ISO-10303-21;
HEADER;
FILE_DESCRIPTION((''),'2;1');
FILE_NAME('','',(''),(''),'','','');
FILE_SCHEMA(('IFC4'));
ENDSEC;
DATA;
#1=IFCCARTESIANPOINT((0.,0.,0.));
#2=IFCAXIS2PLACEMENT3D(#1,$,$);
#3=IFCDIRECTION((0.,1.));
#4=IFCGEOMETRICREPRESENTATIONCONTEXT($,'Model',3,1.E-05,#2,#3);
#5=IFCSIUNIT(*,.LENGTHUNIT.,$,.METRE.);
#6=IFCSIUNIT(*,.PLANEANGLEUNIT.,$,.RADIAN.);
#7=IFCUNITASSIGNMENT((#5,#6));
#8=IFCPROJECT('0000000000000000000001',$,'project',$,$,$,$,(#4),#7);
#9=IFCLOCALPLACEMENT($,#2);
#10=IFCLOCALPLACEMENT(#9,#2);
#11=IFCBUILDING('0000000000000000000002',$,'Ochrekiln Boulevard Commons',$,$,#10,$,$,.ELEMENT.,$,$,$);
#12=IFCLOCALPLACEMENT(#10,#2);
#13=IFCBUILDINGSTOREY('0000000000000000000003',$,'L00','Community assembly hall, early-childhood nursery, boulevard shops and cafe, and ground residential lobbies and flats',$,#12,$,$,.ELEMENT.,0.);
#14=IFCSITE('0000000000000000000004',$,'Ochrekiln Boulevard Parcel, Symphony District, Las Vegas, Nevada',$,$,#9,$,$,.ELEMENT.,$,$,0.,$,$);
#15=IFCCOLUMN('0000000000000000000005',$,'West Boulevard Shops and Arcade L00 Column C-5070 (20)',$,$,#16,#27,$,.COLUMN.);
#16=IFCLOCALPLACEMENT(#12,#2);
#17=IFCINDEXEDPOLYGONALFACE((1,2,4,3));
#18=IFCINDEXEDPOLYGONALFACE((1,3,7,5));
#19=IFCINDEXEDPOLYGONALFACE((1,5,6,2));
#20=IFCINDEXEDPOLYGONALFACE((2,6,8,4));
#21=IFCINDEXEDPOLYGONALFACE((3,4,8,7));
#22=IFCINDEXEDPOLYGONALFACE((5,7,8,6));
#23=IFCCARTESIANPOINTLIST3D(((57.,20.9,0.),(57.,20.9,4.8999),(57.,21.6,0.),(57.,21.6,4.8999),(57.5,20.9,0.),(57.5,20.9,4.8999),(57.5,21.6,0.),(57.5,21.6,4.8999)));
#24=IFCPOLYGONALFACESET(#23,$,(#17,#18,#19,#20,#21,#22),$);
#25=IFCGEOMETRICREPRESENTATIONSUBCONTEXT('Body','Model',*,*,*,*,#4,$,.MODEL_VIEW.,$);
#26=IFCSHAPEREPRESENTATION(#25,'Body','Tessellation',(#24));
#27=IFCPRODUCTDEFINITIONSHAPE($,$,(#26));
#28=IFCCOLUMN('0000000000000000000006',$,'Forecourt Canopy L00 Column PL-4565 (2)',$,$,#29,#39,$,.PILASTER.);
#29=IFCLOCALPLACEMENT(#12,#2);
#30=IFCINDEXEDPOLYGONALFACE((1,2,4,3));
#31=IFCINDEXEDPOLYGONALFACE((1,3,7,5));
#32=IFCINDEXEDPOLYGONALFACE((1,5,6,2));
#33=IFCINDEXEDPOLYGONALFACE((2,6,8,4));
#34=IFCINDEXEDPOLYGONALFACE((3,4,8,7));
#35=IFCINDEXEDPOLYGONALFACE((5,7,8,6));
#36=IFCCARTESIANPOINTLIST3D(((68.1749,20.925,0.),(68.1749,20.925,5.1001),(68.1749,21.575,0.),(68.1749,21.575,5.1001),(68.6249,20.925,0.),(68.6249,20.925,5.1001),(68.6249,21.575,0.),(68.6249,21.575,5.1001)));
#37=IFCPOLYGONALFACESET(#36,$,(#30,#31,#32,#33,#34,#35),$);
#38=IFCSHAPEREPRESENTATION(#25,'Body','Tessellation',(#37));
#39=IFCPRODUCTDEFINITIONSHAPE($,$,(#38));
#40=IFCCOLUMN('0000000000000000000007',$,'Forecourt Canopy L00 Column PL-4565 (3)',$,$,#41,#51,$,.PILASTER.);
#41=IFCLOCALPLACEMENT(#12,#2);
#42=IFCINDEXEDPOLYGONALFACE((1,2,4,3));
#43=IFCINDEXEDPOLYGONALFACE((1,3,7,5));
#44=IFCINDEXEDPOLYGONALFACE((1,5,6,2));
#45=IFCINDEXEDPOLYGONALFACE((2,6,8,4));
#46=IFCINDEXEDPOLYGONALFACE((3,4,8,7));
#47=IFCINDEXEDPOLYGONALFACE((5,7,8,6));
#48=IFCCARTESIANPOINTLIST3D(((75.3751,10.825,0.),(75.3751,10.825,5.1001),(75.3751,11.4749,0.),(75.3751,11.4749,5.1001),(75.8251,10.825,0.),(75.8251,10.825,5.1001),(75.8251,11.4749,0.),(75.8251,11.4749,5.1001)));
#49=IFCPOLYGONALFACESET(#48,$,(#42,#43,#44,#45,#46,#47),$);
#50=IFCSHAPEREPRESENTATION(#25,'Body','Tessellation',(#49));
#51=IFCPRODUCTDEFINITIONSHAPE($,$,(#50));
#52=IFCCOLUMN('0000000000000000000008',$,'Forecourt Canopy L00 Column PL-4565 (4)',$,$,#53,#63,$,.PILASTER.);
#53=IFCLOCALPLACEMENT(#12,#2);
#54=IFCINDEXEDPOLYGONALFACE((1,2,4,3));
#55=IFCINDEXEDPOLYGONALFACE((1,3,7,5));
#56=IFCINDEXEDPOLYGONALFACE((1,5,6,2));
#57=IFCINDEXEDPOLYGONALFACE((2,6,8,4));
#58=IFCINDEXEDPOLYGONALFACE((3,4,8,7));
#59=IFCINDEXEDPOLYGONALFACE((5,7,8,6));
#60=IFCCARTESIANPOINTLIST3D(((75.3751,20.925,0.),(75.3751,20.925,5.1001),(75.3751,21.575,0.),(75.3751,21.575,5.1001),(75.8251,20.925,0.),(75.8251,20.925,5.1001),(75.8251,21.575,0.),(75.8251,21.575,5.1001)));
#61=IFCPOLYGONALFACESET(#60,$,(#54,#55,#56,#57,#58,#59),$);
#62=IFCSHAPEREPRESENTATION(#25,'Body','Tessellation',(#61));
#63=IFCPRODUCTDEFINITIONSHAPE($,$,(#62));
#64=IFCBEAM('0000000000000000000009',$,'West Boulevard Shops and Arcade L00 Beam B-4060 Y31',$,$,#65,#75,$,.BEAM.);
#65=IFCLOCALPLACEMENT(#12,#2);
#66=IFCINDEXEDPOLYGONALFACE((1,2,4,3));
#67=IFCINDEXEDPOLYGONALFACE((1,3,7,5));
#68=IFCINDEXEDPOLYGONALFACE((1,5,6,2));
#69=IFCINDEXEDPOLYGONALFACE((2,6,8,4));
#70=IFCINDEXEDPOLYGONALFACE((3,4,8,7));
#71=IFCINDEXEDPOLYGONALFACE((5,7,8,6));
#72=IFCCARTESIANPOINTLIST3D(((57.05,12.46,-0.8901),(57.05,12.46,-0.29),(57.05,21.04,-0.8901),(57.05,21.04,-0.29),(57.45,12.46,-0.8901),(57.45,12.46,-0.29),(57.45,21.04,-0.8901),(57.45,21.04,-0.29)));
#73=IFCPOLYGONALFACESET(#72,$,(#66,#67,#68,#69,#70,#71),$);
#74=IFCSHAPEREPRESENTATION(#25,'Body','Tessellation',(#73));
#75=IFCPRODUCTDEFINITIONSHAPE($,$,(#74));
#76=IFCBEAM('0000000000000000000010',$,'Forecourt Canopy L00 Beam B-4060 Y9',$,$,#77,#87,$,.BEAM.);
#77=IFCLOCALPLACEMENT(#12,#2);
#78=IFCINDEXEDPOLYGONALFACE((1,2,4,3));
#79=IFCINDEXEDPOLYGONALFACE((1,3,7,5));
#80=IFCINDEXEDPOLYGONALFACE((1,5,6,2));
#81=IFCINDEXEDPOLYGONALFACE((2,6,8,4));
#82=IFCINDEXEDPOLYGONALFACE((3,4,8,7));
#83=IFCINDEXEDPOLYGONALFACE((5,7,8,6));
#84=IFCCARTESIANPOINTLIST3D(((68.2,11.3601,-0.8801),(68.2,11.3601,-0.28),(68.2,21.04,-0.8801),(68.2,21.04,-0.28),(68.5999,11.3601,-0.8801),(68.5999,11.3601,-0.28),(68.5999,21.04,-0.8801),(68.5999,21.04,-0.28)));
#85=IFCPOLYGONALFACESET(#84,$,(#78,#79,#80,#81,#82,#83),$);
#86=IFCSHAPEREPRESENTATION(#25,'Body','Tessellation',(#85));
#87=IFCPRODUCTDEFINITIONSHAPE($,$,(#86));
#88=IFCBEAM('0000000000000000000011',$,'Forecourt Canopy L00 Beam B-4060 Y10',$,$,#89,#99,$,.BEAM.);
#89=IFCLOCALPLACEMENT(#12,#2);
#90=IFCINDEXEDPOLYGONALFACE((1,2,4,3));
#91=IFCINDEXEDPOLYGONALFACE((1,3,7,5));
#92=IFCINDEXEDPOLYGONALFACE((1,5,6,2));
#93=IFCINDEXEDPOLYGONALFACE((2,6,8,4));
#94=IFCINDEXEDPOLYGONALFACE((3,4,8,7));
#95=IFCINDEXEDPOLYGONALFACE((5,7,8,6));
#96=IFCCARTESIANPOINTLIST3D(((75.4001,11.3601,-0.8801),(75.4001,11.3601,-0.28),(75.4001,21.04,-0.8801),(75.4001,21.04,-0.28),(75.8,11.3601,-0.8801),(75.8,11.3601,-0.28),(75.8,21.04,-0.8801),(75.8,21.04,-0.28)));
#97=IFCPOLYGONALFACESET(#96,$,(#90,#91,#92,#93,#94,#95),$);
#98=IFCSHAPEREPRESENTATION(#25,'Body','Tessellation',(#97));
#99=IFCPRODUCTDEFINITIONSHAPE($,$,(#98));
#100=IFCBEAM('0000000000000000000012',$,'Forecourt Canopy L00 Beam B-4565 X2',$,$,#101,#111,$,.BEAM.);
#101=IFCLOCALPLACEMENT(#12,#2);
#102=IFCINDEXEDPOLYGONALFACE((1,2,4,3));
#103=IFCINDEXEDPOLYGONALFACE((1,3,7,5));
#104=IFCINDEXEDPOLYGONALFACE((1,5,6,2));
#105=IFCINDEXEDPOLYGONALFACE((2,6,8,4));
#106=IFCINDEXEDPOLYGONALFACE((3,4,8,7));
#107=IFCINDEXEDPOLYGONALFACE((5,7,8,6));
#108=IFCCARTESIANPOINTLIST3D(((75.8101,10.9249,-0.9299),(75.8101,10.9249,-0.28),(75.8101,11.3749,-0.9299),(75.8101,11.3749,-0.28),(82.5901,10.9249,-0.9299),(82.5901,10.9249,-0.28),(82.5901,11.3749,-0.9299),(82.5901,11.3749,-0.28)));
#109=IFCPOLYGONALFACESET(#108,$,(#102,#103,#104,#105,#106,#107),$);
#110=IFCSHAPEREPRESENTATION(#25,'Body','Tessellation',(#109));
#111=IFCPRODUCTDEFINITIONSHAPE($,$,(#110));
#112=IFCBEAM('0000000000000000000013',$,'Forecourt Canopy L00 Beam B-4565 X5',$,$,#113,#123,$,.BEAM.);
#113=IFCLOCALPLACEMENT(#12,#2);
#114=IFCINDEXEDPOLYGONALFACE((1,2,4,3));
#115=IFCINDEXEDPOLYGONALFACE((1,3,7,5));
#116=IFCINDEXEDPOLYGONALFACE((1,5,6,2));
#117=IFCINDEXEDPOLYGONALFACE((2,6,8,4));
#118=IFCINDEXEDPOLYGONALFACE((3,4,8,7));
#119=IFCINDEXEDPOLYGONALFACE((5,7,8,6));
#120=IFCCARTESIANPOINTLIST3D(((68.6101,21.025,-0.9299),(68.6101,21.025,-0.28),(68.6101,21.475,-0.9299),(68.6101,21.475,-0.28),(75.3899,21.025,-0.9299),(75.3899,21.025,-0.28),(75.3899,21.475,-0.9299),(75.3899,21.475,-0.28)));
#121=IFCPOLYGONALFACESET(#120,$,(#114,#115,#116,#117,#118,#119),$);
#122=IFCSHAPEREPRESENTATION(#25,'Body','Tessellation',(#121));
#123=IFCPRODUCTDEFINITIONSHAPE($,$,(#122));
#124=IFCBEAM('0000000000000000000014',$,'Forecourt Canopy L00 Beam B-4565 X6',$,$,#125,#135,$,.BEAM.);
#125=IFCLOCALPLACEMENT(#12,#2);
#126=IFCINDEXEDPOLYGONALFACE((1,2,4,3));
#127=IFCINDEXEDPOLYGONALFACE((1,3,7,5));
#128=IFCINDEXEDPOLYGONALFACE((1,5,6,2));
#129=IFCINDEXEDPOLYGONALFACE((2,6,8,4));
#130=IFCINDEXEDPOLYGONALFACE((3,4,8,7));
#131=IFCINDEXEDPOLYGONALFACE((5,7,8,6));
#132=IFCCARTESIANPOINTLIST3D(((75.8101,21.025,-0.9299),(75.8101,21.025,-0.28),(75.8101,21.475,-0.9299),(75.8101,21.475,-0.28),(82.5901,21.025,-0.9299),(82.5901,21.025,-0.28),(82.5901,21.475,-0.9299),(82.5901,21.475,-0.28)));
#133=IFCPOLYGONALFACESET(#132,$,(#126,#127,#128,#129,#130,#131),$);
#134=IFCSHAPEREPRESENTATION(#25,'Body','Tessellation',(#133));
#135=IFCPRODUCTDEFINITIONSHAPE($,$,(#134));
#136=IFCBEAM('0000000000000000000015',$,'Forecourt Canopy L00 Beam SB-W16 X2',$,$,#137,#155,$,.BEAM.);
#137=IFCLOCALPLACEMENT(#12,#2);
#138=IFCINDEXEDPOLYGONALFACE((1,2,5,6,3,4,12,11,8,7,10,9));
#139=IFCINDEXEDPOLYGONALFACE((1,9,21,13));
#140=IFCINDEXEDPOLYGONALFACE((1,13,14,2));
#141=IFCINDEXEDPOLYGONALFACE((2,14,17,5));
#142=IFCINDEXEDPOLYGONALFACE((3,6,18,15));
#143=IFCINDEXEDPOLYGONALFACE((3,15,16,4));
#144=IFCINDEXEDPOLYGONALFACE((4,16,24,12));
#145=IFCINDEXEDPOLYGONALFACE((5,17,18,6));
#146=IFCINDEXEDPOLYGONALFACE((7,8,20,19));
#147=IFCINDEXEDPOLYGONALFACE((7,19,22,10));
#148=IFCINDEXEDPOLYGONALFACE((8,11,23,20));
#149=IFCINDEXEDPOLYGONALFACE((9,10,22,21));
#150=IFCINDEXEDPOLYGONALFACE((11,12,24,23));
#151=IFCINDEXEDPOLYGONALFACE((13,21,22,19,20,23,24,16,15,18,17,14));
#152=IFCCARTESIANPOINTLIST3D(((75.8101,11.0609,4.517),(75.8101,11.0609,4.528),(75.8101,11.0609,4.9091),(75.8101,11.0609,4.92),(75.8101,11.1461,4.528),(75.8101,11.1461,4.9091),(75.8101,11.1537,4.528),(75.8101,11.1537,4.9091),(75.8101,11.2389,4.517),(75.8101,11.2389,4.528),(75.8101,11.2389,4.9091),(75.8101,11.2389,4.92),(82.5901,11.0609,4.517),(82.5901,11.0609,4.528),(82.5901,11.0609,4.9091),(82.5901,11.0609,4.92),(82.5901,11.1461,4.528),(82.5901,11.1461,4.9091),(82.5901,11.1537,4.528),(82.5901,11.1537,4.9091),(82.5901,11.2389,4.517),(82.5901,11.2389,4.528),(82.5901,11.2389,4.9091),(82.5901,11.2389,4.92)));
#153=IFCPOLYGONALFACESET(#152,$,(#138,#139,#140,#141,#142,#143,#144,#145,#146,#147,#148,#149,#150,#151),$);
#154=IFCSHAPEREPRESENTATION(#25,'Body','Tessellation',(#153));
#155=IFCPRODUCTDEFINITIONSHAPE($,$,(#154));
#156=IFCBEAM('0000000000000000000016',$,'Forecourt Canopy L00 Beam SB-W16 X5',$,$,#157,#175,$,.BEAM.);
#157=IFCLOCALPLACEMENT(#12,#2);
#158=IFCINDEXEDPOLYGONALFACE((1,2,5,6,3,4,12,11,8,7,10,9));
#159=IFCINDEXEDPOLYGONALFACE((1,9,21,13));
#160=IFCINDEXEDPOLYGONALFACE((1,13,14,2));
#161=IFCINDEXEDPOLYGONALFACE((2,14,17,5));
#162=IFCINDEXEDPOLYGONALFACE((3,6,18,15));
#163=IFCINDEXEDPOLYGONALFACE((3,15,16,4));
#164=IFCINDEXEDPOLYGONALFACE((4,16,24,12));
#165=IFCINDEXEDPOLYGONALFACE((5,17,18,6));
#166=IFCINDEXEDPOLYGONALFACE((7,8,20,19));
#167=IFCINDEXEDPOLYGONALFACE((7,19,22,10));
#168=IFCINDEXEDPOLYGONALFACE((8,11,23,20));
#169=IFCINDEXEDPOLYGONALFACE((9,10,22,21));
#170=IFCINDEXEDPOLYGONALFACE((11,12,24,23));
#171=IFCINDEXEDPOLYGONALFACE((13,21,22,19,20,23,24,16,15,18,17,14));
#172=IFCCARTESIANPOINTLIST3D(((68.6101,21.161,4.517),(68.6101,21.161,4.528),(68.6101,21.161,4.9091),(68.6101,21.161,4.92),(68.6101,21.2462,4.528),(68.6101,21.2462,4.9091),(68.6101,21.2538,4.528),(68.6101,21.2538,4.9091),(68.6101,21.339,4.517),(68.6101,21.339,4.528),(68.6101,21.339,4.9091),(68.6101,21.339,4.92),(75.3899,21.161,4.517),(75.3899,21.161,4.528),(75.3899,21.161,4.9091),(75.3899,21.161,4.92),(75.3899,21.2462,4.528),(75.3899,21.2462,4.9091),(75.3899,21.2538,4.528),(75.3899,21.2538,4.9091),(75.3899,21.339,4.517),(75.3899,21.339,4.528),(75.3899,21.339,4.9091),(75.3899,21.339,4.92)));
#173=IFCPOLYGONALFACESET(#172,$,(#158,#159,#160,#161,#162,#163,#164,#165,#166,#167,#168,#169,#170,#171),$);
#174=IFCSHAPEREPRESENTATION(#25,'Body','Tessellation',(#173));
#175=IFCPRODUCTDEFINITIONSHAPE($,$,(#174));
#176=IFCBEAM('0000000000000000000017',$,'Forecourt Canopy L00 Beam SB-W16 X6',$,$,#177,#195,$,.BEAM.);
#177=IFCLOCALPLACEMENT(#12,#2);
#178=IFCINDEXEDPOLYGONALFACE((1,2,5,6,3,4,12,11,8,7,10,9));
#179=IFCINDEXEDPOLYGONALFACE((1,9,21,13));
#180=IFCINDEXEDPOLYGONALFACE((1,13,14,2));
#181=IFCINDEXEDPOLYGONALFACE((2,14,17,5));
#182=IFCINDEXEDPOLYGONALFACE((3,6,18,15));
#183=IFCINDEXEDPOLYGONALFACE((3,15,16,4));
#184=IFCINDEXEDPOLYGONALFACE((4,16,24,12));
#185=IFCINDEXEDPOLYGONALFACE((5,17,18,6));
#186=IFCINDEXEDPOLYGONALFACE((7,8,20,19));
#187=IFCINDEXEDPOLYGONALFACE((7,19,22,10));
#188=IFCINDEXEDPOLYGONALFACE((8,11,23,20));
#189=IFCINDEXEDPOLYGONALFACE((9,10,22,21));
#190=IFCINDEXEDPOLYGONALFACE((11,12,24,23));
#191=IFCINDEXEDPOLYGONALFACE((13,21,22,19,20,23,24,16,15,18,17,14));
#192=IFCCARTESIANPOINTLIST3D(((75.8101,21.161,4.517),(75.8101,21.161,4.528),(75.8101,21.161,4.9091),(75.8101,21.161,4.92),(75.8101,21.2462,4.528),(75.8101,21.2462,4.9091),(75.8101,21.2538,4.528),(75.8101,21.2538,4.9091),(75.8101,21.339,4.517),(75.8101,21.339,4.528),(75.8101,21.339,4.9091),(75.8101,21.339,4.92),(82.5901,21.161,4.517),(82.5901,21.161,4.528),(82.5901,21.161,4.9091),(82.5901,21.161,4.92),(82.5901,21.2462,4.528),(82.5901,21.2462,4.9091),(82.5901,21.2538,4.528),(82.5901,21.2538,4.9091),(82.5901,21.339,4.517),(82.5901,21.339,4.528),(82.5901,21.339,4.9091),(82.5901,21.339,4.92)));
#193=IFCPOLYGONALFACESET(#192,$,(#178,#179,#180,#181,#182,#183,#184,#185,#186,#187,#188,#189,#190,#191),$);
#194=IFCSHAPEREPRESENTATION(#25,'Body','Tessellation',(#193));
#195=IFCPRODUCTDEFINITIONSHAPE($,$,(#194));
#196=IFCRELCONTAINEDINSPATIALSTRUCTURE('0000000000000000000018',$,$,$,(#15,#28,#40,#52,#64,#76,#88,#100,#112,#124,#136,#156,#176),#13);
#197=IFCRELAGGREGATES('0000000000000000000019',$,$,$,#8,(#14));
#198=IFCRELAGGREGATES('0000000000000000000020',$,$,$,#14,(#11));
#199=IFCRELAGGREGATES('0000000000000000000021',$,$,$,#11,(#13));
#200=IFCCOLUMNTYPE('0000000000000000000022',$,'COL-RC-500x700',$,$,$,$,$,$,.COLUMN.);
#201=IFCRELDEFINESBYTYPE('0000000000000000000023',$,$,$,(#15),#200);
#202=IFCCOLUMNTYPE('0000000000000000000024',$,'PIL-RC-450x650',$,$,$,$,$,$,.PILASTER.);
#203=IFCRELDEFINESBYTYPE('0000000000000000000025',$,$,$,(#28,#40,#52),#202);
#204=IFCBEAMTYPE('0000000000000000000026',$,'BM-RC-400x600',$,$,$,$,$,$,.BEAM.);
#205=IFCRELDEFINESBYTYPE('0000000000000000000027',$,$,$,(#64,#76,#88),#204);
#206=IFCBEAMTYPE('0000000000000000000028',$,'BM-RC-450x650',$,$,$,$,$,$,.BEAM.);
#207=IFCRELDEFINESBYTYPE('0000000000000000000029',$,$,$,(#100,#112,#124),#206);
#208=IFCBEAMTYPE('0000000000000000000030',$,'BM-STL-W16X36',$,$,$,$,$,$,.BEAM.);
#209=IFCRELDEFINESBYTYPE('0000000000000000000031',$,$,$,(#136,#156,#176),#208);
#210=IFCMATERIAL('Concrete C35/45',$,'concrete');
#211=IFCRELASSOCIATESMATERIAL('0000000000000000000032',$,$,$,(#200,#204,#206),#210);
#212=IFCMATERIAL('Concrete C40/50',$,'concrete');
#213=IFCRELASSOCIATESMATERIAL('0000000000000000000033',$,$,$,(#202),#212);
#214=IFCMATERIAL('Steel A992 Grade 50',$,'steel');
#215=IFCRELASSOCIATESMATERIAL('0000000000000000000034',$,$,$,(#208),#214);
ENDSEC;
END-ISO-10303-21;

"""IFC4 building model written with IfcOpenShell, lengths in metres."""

from ifc_helpers import new_model, si_unit, direction, frame, origin, origin_2d, place, context, subcontext, project, spatial, rectangle, i_section, extrude, material, material_profile, profile_set, type_object, element, save


model = new_model("IFC4")

# Units and contexts
model_context = context("Model", 3, precision=1e-05, world=origin(), true_north=direction((0.0, 1.0)))
body_context = subcontext(model_context, "Body", "Model", "MODEL_VIEW")
ifc_project = project(units=[si_unit("LENGTHUNIT", "METRE"), si_unit("PLANEANGLEUNIT", "RADIAN")], contexts=[model_context])

# Site, building, storey
site_placement = place(None, origin())
site = spatial("IfcSite", under=ifc_project, at=site_placement, Name="Ochrekiln Boulevard Parcel, Symphony District, Las Vegas, Nevada", CompositionType="ELEMENT", RefElevation=0.0)
building_placement = place(site_placement, origin())
building = spatial("IfcBuilding", under=site, at=building_placement, Name="Ochrekiln Boulevard Commons", CompositionType="ELEMENT")
storey_placement = place(building_placement, origin())
storey = spatial("IfcBuildingStorey", under=building, at=storey_placement, Name="L00", Description="Community assembly hall, early-childhood nursery, boulevard shops and cafe, and ground residential lobbies and flats", CompositionType="ELEMENT", Elevation=0.0)

# Columns
ifc_material_1 = material(Name="Concrete C35/45", Category="concrete")
ifc_material_profile_1 = material_profile(ifc_material_1, rectangle(XDim=0.5, YDim=0.7, at=origin_2d()), Name="RC-COL-500x700")
ifc_profile_set_1 = profile_set([ifc_material_profile_1], Name="Concrete C35/45")
column_type_1 = type_object("IfcColumnType", Name="COL-RC-500x700", PredefinedType="COLUMN", material=ifc_profile_set_1)
column_placement = place(storey_placement, frame((57.25, 21.25, 0.0), z_axis=(0.0, 0.0, 1.0), x_axis=(1.0, 0.0, 0.0)))
element("IfcColumn", 1, at=column_placement, inside=storey, type_object=column_type_1, Name="West Boulevard Shops and Arcade L00 Column C-5070 (20)", PredefinedType="COLUMN", context=body_context, shape_type="SweptSolid", body=[
    extrude(rectangle(XDim=0.5, YDim=0.7, at=origin_2d()), origin(), (0.0, 0.0, 1.0), 4.8999),
])
ifc_material_2 = material(Name="Concrete C40/50", Category="concrete")
ifc_material_profile_2 = material_profile(ifc_material_2, rectangle(XDim=0.45, YDim=0.6499, at=origin_2d()), Name="RC-PIL-450x650")
ifc_profile_set_2 = profile_set([ifc_material_profile_2], Name="Concrete C40/50")
column_type_2 = type_object("IfcColumnType", Name="PIL-RC-450x650", PredefinedType="PILASTER", material=ifc_profile_set_2)
for number, where, z_axis, x_axis, name in (
    (2, (68.3999, 21.25, 0.0), (0.0, 0.0, 1.0), (1.0, 0.0, 0.0), "Forecourt Canopy L00 Column PL-4565 (2)"),
    (3, (75.6001, 11.1499, 0.0), (0.0, 0.0, 1.0), (1.0, 0.0, 0.0), "Forecourt Canopy L00 Column PL-4565 (3)"),
    (4, (75.6001, 21.25, 0.0), (0.0, 0.0, 1.0), (1.0, 0.0, 0.0), "Forecourt Canopy L00 Column PL-4565 (4)"),
):
    element("IfcColumn", number, at=place(storey_placement, frame(where, z_axis=z_axis, x_axis=x_axis)), inside=storey, type_object=column_type_2, Name=name, PredefinedType="PILASTER", context=body_context, shape_type="SweptSolid", body=[
        extrude(rectangle(XDim=0.45, YDim=0.6499, at=origin_2d()), origin(), (0.0, 0.0, 1.0), 5.1001),
    ])

# Beams
ifc_material_profile_3 = material_profile(ifc_material_1, rectangle(XDim=0.3999, YDim=0.6001, at=origin_2d()), Name="RC-BM-400x600")
ifc_profile_set_3 = profile_set([ifc_material_profile_3], Name="Concrete C35/45")
beam_type_1 = type_object("IfcBeamType", Name="BM-RC-400x600", PredefinedType="BEAM", material=ifc_profile_set_3)
beam_1_placement = place(storey_placement, frame((57.25, 12.46, -0.5901), z_axis=(0.0, 1.0, 0.0), x_axis=(-1.0, 0.0, 0.0)))
element("IfcBeam", 5, at=beam_1_placement, inside=storey, type_object=beam_type_1, Name="West Boulevard Shops and Arcade L00 Beam B-4060 Y31", PredefinedType="BEAM", context=body_context, shape_type="SweptSolid", body=[
    extrude(rectangle(XDim=0.3999, YDim=0.6001, at=origin_2d()), origin(), (0.0, 0.0, 1.0), 8.5801),
])
for number, where, z_axis, x_axis, name in (
    (6, (68.3999, 11.3601, -0.5801), (0.0, 1.0, 0.0), (-1.0, 0.0, 0.0), "Forecourt Canopy L00 Beam B-4060 Y9"),
    (7, (75.6001, 11.3601, -0.5801), (0.0, 1.0, 0.0), (-1.0, 0.0, 0.0), "Forecourt Canopy L00 Beam B-4060 Y10"),
):
    element("IfcBeam", number, at=place(storey_placement, frame(where, z_axis=z_axis, x_axis=x_axis)), inside=storey, type_object=beam_type_1, Name=name, PredefinedType="BEAM", context=body_context, shape_type="SweptSolid", body=[
        extrude(rectangle(XDim=0.3999, YDim=0.6001, at=origin_2d()), origin(), (0.0, 0.0, 1.0), 9.6799),
    ])
ifc_material_profile_4 = material_profile(ifc_material_1, rectangle(XDim=0.45, YDim=0.6499, at=origin_2d()), Name="RC-BM-450x650")
ifc_profile_set_4 = profile_set([ifc_material_profile_4], Name="Concrete C35/45")
beam_type_2 = type_object("IfcBeamType", Name="BM-RC-450x650", PredefinedType="BEAM", material=ifc_profile_set_4)
beam_2_placement = place(storey_placement, frame((75.8101, 11.1499, -0.605), z_axis=(1.0, 0.0, 0.0), x_axis=(0.0, 1.0, 0.0)))
element("IfcBeam", 8, at=beam_2_placement, inside=storey, type_object=beam_type_2, Name="Forecourt Canopy L00 Beam B-4565 X2", PredefinedType="BEAM", context=body_context, shape_type="SweptSolid", body=[
    extrude(rectangle(XDim=0.45, YDim=0.6499, at=origin_2d()), origin(), (0.0, 0.0, 1.0), 6.78),
])
beam_3_placement = place(storey_placement, frame((68.6101, 21.25, -0.605), z_axis=(1.0, 0.0, 0.0), x_axis=(0.0, 1.0, 0.0)))
element("IfcBeam", 9, at=beam_3_placement, inside=storey, type_object=beam_type_2, Name="Forecourt Canopy L00 Beam B-4565 X5", PredefinedType="BEAM", context=body_context, shape_type="SweptSolid", body=[
    extrude(rectangle(XDim=0.45, YDim=0.6499, at=origin_2d()), origin(), (0.0, 0.0, 1.0), 6.7798),
])
beam_4_placement = place(storey_placement, frame((75.8101, 21.25, -0.605), z_axis=(1.0, 0.0, 0.0), x_axis=(0.0, 1.0, 0.0)))
element("IfcBeam", 10, at=beam_4_placement, inside=storey, type_object=beam_type_2, Name="Forecourt Canopy L00 Beam B-4565 X6", PredefinedType="BEAM", context=body_context, shape_type="SweptSolid", body=[
    extrude(rectangle(XDim=0.45, YDim=0.6499, at=origin_2d()), origin(), (0.0, 0.0, 1.0), 6.78),
])
ifc_material_3 = material(Name="Steel A992 Grade 50", Category="steel")
ifc_material_profile_5 = material_profile(ifc_material_3, i_section(OverallWidth=0.178, OverallDepth=0.4031, WebThickness=0.0076, FlangeThickness=0.011, at=origin_2d()), Name="W16X36")
ifc_profile_set_5 = profile_set([ifc_material_profile_5], Name="Steel A992 Grade 50")
beam_type_3 = type_object("IfcBeamType", Name="BM-STL-W16X36", PredefinedType="BEAM", material=ifc_profile_set_5)
beam_5_placement = place(storey_placement, frame((75.8101, 11.1499, 4.7185), z_axis=(1.0, 0.0, 0.0), x_axis=(0.0, 1.0, 0.0)))
element("IfcBeam", 11, at=beam_5_placement, inside=storey, type_object=beam_type_3, Name="Forecourt Canopy L00 Beam SB-W16 X2", PredefinedType="BEAM", context=body_context, shape_type="SweptSolid", body=[
    extrude(i_section(OverallWidth=0.178, OverallDepth=0.4031, WebThickness=0.0076, FlangeThickness=0.011, at=origin_2d()), origin(), (0.0, 0.0, 1.0), 6.78),
])
beam_6_placement = place(storey_placement, frame((68.6101, 21.25, 4.7185), z_axis=(1.0, 0.0, 0.0), x_axis=(0.0, 1.0, 0.0)))
element("IfcBeam", 12, at=beam_6_placement, inside=storey, type_object=beam_type_3, Name="Forecourt Canopy L00 Beam SB-W16 X5", PredefinedType="BEAM", context=body_context, shape_type="SweptSolid", body=[
    extrude(i_section(OverallWidth=0.178, OverallDepth=0.4031, WebThickness=0.0076, FlangeThickness=0.011, at=origin_2d()), origin(), (0.0, 0.0, 1.0), 6.7798),
])
beam_7_placement = place(storey_placement, frame((75.8101, 21.25, 4.7185), z_axis=(1.0, 0.0, 0.0), x_axis=(0.0, 1.0, 0.0)))
element("IfcBeam", 13, at=beam_7_placement, inside=storey, type_object=beam_type_3, Name="Forecourt Canopy L00 Beam SB-W16 X6", PredefinedType="BEAM", context=body_context, shape_type="SweptSolid", body=[
    extrude(i_section(OverallWidth=0.178, OverallDepth=0.4031, WebThickness=0.0076, FlangeThickness=0.011, at=origin_2d()), origin(), (0.0, 0.0, 1.0), 6.78),
])

save(model, "model.ifc")
